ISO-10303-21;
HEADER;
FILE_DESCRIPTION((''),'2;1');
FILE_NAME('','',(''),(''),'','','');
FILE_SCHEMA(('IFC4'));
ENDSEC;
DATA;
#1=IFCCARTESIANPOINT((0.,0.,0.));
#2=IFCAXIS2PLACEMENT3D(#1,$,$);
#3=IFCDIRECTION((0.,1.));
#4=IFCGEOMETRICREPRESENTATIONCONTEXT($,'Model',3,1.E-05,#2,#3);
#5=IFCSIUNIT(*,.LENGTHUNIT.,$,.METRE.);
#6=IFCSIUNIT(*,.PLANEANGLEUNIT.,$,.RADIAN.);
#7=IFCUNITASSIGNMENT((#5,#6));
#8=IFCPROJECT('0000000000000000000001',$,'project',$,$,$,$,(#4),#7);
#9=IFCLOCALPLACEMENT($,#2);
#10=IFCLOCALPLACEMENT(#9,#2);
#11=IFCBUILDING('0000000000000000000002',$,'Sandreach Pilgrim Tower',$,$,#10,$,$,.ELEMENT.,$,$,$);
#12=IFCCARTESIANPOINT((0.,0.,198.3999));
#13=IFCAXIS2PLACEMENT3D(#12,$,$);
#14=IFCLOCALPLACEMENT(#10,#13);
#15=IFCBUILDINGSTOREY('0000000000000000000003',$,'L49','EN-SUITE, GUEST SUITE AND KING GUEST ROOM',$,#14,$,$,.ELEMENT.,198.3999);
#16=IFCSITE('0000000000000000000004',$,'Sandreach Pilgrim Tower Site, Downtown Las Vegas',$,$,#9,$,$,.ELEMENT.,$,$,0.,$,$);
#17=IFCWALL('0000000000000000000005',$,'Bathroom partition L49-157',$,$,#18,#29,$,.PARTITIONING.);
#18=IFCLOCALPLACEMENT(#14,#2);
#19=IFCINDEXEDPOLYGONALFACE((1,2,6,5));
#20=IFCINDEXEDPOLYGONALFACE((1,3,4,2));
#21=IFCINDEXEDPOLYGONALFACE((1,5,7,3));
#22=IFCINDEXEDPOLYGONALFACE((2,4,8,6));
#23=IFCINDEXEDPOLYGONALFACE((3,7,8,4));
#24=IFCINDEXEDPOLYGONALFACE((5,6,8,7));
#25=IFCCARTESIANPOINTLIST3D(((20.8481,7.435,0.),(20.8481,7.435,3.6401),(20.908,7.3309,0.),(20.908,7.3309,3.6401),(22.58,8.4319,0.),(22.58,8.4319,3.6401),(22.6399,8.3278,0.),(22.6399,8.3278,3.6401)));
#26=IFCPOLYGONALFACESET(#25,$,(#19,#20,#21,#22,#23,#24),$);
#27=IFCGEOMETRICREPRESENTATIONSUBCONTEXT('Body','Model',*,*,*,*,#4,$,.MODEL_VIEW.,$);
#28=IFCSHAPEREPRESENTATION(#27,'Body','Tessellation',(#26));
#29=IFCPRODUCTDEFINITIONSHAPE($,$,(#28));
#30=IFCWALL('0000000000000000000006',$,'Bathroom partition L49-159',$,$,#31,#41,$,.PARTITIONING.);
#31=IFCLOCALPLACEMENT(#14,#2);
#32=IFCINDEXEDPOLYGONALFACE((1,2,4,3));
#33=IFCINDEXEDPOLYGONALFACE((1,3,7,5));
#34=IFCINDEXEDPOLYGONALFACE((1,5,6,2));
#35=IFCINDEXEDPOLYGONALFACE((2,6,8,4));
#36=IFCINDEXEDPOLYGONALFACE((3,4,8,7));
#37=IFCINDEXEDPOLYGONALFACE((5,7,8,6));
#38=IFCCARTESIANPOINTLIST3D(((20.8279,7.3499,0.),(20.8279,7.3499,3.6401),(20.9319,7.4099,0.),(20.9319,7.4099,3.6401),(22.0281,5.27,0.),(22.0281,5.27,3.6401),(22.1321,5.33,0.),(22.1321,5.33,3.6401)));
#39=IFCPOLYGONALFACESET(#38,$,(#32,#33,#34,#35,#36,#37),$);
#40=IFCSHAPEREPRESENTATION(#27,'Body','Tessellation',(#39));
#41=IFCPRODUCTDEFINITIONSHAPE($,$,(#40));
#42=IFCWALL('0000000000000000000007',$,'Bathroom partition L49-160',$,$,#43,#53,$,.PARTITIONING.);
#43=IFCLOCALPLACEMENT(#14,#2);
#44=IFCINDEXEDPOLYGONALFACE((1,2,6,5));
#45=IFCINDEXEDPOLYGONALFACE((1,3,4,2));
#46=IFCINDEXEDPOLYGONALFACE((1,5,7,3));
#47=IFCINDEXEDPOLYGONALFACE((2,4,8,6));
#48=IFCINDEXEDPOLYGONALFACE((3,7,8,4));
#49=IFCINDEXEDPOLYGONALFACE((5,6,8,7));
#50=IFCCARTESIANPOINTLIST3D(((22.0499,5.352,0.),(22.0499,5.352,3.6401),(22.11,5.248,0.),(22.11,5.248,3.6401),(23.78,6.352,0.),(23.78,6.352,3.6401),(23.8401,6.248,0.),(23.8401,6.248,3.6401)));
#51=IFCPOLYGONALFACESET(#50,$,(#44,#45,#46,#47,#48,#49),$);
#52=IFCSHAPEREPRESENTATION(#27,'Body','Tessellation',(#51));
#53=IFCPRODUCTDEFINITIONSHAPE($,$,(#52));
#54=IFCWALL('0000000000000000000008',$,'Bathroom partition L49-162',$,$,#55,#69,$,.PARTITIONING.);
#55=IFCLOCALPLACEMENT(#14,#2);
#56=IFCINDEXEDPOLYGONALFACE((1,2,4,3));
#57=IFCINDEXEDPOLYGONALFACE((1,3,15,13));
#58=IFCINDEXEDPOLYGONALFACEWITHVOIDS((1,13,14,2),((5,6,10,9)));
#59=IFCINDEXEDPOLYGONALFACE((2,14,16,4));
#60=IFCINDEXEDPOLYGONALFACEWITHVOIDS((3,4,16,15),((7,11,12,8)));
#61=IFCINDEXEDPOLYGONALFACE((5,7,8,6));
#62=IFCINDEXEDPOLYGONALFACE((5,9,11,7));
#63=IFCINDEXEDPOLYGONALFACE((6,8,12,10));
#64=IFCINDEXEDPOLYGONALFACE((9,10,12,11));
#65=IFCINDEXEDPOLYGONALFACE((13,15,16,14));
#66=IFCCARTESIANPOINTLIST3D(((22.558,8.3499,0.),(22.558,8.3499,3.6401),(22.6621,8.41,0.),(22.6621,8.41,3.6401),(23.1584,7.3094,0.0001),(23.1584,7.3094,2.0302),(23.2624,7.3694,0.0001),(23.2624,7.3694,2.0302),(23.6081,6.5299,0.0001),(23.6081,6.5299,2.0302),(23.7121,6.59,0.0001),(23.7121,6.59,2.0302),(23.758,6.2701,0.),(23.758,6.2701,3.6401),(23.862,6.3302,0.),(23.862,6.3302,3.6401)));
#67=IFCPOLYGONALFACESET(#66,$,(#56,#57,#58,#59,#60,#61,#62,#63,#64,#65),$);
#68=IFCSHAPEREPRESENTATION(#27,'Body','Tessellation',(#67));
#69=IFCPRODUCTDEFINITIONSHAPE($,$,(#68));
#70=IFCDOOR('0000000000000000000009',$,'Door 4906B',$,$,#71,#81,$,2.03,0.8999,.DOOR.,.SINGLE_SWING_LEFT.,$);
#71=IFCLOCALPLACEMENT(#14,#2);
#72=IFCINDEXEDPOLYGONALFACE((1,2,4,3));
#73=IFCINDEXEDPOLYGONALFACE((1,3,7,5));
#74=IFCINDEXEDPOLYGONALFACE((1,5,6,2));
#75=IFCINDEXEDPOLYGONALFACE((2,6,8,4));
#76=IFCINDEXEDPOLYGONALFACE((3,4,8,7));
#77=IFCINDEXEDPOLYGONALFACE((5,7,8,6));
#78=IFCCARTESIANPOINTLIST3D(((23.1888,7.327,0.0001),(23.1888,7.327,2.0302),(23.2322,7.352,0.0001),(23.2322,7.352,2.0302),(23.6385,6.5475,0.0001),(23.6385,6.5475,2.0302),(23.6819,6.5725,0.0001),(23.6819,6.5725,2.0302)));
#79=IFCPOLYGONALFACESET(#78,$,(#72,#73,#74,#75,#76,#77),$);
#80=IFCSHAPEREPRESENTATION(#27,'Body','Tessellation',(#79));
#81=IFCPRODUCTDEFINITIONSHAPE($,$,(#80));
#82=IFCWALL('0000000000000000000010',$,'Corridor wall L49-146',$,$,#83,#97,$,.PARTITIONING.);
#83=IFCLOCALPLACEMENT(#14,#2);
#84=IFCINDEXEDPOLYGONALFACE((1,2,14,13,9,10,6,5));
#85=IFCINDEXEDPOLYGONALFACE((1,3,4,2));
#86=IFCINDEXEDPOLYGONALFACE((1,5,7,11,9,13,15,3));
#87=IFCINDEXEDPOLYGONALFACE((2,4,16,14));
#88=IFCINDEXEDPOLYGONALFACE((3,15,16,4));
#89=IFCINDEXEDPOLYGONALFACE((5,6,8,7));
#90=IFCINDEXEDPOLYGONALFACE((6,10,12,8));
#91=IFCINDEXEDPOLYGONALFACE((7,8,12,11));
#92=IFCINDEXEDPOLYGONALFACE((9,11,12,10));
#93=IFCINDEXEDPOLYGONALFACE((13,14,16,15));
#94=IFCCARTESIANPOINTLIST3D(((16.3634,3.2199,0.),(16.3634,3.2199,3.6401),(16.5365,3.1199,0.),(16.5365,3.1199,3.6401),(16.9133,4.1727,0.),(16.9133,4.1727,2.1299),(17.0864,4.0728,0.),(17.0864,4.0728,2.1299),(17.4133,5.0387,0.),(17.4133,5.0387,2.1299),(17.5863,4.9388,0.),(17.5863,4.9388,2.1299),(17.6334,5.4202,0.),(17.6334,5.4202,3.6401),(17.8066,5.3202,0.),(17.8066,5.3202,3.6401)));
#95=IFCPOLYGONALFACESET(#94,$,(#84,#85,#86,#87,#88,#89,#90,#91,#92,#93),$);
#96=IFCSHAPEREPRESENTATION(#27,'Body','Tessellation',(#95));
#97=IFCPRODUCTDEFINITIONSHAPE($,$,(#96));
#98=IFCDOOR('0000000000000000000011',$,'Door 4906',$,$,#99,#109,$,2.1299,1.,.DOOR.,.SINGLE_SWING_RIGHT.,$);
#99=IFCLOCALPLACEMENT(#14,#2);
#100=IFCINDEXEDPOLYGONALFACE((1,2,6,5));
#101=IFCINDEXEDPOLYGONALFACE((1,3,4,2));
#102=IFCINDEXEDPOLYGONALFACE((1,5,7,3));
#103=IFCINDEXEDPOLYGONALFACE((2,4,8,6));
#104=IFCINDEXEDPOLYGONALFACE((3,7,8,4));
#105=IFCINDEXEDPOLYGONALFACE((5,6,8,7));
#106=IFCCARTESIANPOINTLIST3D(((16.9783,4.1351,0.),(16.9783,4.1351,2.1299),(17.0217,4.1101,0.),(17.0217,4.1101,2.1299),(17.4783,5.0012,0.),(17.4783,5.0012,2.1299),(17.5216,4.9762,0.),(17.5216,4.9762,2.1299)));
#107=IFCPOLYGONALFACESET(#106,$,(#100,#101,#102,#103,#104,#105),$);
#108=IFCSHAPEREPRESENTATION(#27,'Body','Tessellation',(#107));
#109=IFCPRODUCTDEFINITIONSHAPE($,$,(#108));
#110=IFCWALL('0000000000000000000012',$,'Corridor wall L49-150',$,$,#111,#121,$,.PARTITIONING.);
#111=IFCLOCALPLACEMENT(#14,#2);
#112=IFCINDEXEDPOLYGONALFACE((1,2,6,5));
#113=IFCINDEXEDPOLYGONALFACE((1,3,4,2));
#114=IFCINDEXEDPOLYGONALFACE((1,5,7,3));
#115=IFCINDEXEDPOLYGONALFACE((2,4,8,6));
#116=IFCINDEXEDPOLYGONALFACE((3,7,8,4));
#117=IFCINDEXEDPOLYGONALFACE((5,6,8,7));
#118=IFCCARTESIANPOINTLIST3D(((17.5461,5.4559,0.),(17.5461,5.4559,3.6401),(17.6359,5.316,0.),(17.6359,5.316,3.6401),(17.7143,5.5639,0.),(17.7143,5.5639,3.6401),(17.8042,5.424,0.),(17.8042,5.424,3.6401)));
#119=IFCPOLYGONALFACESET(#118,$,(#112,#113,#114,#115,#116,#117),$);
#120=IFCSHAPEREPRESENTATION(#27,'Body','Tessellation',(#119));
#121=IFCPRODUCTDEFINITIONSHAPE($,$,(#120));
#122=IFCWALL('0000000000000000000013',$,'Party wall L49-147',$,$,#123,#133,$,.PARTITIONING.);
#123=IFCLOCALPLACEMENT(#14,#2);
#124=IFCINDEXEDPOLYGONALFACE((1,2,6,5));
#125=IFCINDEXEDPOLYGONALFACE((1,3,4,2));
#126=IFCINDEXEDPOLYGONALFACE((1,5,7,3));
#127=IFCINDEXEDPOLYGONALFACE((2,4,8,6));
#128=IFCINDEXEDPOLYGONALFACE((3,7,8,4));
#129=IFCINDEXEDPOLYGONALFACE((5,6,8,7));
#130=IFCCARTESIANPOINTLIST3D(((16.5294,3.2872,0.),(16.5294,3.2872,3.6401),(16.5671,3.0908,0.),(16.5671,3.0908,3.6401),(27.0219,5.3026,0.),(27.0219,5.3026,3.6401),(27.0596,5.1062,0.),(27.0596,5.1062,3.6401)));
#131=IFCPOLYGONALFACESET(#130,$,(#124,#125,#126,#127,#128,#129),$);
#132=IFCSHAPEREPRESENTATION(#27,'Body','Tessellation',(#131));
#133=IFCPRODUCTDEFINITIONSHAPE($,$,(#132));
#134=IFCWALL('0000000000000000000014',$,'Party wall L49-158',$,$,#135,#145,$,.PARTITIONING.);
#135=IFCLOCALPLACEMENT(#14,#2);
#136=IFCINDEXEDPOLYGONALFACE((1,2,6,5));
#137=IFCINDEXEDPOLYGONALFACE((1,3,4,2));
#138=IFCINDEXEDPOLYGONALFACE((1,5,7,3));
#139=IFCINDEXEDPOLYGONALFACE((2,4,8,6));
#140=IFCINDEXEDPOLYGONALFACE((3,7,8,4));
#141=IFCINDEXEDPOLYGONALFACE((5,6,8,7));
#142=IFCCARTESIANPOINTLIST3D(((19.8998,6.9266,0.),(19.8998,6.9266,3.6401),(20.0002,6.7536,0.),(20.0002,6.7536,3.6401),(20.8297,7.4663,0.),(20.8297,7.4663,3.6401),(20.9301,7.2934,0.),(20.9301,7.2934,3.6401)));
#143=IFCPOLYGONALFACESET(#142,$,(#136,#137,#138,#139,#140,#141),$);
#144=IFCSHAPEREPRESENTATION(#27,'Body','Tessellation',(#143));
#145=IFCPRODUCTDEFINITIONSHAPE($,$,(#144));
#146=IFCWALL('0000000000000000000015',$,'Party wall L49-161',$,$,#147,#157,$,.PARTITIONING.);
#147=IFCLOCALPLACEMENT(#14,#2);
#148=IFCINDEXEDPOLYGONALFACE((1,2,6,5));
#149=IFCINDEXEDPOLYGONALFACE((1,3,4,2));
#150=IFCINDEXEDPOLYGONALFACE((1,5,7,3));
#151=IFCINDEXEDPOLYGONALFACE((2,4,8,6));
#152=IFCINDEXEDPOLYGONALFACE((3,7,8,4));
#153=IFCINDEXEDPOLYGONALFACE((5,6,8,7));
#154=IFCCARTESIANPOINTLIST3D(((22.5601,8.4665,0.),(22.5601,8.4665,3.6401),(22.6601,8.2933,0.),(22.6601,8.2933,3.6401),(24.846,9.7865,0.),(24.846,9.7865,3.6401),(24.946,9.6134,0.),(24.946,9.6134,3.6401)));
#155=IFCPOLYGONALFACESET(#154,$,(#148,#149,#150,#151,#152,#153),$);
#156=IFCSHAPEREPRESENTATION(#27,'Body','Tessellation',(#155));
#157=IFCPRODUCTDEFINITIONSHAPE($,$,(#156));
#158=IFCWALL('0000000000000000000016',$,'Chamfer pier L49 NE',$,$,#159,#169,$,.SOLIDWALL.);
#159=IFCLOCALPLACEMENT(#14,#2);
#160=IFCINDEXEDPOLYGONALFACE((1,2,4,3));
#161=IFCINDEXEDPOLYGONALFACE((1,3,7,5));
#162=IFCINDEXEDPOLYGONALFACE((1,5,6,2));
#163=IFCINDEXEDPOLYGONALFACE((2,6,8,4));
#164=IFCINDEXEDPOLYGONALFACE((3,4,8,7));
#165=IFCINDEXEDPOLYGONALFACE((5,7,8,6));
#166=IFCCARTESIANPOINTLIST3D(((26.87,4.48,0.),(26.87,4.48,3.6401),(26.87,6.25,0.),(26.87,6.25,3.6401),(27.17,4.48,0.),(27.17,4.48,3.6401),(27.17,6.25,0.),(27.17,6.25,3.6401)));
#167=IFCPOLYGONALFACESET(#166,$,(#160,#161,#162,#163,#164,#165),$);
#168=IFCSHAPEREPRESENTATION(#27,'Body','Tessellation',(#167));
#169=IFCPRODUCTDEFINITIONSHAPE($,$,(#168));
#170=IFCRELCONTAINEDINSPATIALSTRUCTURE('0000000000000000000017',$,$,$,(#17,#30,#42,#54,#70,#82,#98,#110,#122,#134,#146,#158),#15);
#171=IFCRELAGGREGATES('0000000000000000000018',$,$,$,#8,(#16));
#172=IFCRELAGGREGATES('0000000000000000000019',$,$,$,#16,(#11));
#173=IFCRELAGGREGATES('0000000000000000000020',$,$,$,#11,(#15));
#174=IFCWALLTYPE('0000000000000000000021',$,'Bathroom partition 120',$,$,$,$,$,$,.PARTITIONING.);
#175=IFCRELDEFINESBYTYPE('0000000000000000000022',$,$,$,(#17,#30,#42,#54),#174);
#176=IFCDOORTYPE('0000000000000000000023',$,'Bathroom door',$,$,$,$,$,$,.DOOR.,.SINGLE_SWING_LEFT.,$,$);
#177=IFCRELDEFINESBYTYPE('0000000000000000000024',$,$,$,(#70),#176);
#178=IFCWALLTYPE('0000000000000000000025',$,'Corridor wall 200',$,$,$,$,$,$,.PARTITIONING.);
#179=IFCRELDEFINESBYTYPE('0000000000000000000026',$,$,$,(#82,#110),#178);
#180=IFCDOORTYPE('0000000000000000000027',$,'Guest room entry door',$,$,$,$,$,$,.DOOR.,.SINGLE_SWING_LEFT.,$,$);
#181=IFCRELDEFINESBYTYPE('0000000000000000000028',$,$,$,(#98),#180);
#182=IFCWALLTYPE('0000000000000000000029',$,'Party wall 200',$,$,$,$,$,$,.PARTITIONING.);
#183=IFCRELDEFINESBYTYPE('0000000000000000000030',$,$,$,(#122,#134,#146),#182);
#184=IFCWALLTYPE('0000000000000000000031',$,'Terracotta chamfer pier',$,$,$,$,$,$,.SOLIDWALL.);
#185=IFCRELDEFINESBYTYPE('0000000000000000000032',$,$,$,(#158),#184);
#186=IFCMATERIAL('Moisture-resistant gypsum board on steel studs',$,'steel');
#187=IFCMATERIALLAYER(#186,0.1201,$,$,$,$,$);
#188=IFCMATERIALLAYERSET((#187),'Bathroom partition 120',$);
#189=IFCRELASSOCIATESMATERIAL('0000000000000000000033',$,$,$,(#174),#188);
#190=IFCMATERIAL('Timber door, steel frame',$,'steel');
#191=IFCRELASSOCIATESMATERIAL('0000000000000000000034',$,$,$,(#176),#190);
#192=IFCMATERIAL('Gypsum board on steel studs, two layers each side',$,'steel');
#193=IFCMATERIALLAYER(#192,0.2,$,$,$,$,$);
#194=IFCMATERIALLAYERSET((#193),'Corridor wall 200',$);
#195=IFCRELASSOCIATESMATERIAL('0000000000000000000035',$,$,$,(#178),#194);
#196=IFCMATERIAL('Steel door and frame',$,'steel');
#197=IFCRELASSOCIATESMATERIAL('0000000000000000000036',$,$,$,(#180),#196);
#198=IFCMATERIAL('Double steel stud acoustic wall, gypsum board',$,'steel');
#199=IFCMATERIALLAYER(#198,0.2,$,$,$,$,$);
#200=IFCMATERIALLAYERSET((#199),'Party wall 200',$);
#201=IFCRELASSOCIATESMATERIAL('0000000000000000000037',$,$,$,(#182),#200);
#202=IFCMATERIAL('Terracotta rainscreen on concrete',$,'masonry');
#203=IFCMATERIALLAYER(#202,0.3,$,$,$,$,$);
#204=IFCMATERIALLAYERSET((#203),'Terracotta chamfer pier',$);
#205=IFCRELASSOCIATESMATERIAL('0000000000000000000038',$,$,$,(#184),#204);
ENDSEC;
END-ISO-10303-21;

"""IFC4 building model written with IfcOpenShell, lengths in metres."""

from ifc_helpers import new_model, si_unit, direction, frame, frame_2d, origin, place, context, subcontext, project, spatial, rectangle, extrude, material, layer, layer_set, type_object, element, fill, save


model = new_model("IFC4")

# Units and contexts
model_context = context("Model", 3, precision=1e-05, world=origin(), true_north=direction((0.0, 1.0)))
body_context = subcontext(model_context, "Body", "Model", "MODEL_VIEW")
ifc_project = project(units=[si_unit("LENGTHUNIT", "METRE"), si_unit("PLANEANGLEUNIT", "RADIAN")], contexts=[model_context])

# Site, building, storey
site_placement = place(None, origin())
site = spatial("IfcSite", under=ifc_project, at=site_placement, Name="Sandreach Pilgrim Tower Site, Downtown Las Vegas", CompositionType="ELEMENT", RefElevation=0.0)
building_placement = place(site_placement, origin())
building = spatial("IfcBuilding", under=site, at=building_placement, Name="Sandreach Pilgrim Tower", CompositionType="ELEMENT")
storey_placement = place(building_placement, frame((0.0, 0.0, 198.3999)))
storey = spatial("IfcBuildingStorey", under=building, at=storey_placement, Name="L49", Description="EN-SUITE, GUEST SUITE AND KING GUEST ROOM", CompositionType="ELEMENT", Elevation=198.3999)

# Shared definitions
ifc_material_1 = material(Name="Moisture-resistant gypsum board on steel studs", Category="steel")
ifc_layer_1 = layer(ifc_material_1, 0.1201)
ifc_layer_set_1 = layer_set([ifc_layer_1], Name="Bathroom partition 120")
wall_type_1 = type_object("IfcWallType", Name="Bathroom partition 120", PredefinedType="PARTITIONING", material=ifc_layer_set_1)

# Shared definitions
ifc_material_2 = material(Name="Timber door, steel frame", Category="steel")
door_type_1 = type_object("IfcDoorType", Name="Bathroom door", OperationType="SINGLE_SWING_LEFT", PredefinedType="DOOR", material=ifc_material_2)

# Walls
wall_1_placement = place(storey_placement, frame((20.8782, 7.3831, 0.0), z_axis=(0.0, 0.0, 1.0), x_axis=(0.866698, 0.498834, 0.0)))
element("IfcWall", 1, at=wall_1_placement, inside=storey, type_object=wall_type_1, Name="Bathroom partition L49-157", PredefinedType="PARTITIONING", context=body_context, shape_type="SweptSolid", body=[
    extrude(rectangle(XDim=1.9983, YDim=0.1201, at=frame_2d((0.999, 0.0))), origin(), (0.0, 0.0, 1.0), 3.6401),
])
wall_2_placement = place(storey_placement, frame((20.8799, 7.3799, 0.0), z_axis=(0.0, 0.0, 1.0), x_axis=(0.499813, -0.866133, 0.0)))
element("IfcWall", 2, at=wall_2_placement, inside=storey, type_object=wall_type_1, Name="Bathroom partition L49-159", PredefinedType="PARTITIONING", context=body_context, shape_type="SweptSolid", body=[
    extrude(rectangle(XDim=2.4014, YDim=0.1201, at=frame_2d((1.2007, 0.0))), origin(), (0.0, 0.0, 1.0), 3.6401),
])
wall_3_placement = place(storey_placement, frame((22.0801, 5.3, 0.0), z_axis=(0.0, 0.0, 1.0), x_axis=(0.865766, 0.500449, 0.0)))
element("IfcWall", 3, at=wall_3_placement, inside=storey, type_object=wall_type_1, Name="Bathroom partition L49-160", PredefinedType="PARTITIONING", context=body_context, shape_type="SweptSolid", body=[
    extrude(rectangle(XDim=1.9983, YDim=0.1201, at=frame_2d((0.999, 0.0))), origin(), (0.0, 0.0, 1.0), 3.6401),
])

# Walls, openings, doors
wall_4_placement = place(storey_placement, frame((23.8101, 6.3, 0.0), z_axis=(0.0, 0.0, 1.0), x_axis=(-0.499737, 0.866177, 0.0)))
wall_4 = element("IfcWall", 4, at=wall_4_placement, inside=storey, type_object=wall_type_1, Name="Bathroom partition L49-162", PredefinedType="PARTITIONING", context=body_context, shape_type="SweptSolid", body=[
    extrude(rectangle(XDim=2.4011, YDim=0.1201, at=frame_2d((1.2007, 0.0))), origin(), (0.0, 0.0, 1.0), 3.6401),
])
opening_1_placement = place(wall_4_placement, frame((0.3, 0.0, 0.0)))
opening_1 = element("IfcOpeningElement", 5, at=opening_1_placement, cuts=wall_4, PredefinedType="OPENING", context=body_context, shape_type="SweptSolid", body=[
    extrude(rectangle(XDim=0.8999, YDim=2.03, at=frame_2d((0.45, 1.0151))), frame((0.0, 0.0601, 0.0), z_axis=(0.0, -1.0, 0.0), x_axis=(1.0, 0.0, 0.0)), (0.0, 0.0, 1.0), 0.1201),
])
door_1_placement = place(opening_1_placement, origin())
door_1 = element("IfcDoor", 6, at=door_1_placement, inside=storey, type_object=door_type_1, Name="Door 4906B", OperationType="SINGLE_SWING_LEFT", OverallHeight=2.03, OverallWidth=0.8999, PredefinedType="DOOR", context=body_context, shape_type="SweptSolid", body=[
    extrude(rectangle(XDim=0.8999, YDim=2.03, at=frame_2d((0.45, 1.0151))), frame((0.0, 0.0249, 0.0), z_axis=(0.0, -1.0, 0.0), x_axis=(1.0, 0.0, 0.0)), (0.0, 0.0, 1.0), 0.05),
])
fill(opening_1, door_1)
ifc_material_3 = material(Name="Gypsum board on steel studs, two layers each side", Category="steel")
ifc_layer_2 = layer(ifc_material_3, 0.2)
ifc_layer_set_2 = layer_set([ifc_layer_2], Name="Corridor wall 200")
wall_type_2 = type_object("IfcWallType", Name="Corridor wall 200", PredefinedType="PARTITIONING", material=ifc_layer_set_2)
ifc_material_4 = material(Name="Steel door and frame", Category="steel")
door_type_2 = type_object("IfcDoorType", Name="Guest room entry door", OperationType="SINGLE_SWING_LEFT", PredefinedType="DOOR", material=ifc_material_4)
wall_5_placement = place(storey_placement, frame((16.45, 3.1699, 0.0), z_axis=(0.0, 0.0, 1.0), x_axis=(0.499922, 0.86607, 0.0)))
wall_5 = element("IfcWall", 7, at=wall_5_placement, inside=storey, type_object=wall_type_2, Name="Corridor wall L49-146", PredefinedType="PARTITIONING", context=body_context, shape_type="SweptSolid", body=[
    extrude(rectangle(XDim=2.5405, YDim=0.2, at=frame_2d((1.2703, 0.0))), origin(), (0.0, 0.0, 1.0), 3.6401),
])
opening_2_placement = place(wall_5_placement, frame((1.1001, 0.0, 0.0)))
opening_2 = element("IfcOpeningElement", 8, at=opening_2_placement, cuts=wall_5, PredefinedType="OPENING", context=body_context, shape_type="SweptSolid", body=[
    extrude(rectangle(XDim=1.0, YDim=2.1299, at=frame_2d((0.5, 1.0649))), frame((0.0, 0.1001, 0.0), z_axis=(0.0, -1.0, 0.0), x_axis=(1.0, 0.0, 0.0)), (0.0, 0.0, 1.0), 0.2),
])
door_2_placement = place(opening_2_placement, origin())
door_2 = element("IfcDoor", 9, at=door_2_placement, inside=storey, type_object=door_type_2, Name="Door 4906", OperationType="SINGLE_SWING_RIGHT", OverallHeight=2.1299, OverallWidth=1.0, PredefinedType="DOOR", context=body_context, shape_type="SweptSolid", body=[
    extrude(rectangle(XDim=1.0, YDim=2.1299, at=frame_2d((0.5, 1.0649))), frame((0.0, 0.0249, 0.0), z_axis=(0.0, -1.0, 0.0), x_axis=(1.0, 0.0, 0.0)), (0.0, 0.0, 1.0), 0.05),
])
fill(opening_2, door_2)

# Walls
wall_6_placement = place(storey_placement, frame((17.72, 5.3701, 0.0), z_axis=(0.0, 0.0, 1.0), x_axis=(-0.540386, 0.841417, 0.0)))
element("IfcWall", 10, at=wall_6_placement, inside=storey, type_object=wall_type_2, Name="Corridor wall L49-150", PredefinedType="PARTITIONING", context=body_context, shape_type="SweptSolid", body=[
    extrude(rectangle(XDim=0.1663, YDim=0.2, at=frame_2d((0.083, 0.0))), origin(), (0.0, 0.0, 1.0), 3.6401),
])
ifc_material_5 = material(Name="Double steel stud acoustic wall, gypsum board", Category="steel")
ifc_layer_3 = layer(ifc_material_5, 0.2)
ifc_layer_set_3 = layer_set([ifc_layer_3], Name="Party wall 200")
wall_type_3 = type_object("IfcWallType", Name="Party wall 200", PredefinedType="PARTITIONING", material=ifc_layer_set_3)
wall_7_placement = place(storey_placement, frame((16.5481, 3.189, 0.0), z_axis=(0.0, 0.0, 1.0), x_axis=(0.982048, 0.188631, 0.0)))
element("IfcWall", 11, at=wall_7_placement, inside=storey, type_object=wall_type_3, Name="Party wall L49-147", PredefinedType="PARTITIONING", context=body_context, shape_type="SweptSolid", body=[
    extrude(rectangle(XDim=10.6843, YDim=0.2, at=frame_2d((5.3423, 0.0))), origin(), (0.0, 0.0, 1.0), 3.6401),
])
wall_8_placement = place(storey_placement, frame((20.8799, 7.3799, 0.0), z_axis=(0.0, 0.0, 1.0), x_axis=(-0.864856, -0.50202, 0.0)))
element("IfcWall", 12, at=wall_8_placement, inside=storey, type_object=wall_type_3, Name="Party wall L49-158", PredefinedType="PARTITIONING", context=body_context, shape_type="SweptSolid", body=[
    extrude(rectangle(XDim=1.0752, YDim=0.2, at=frame_2d((0.5376, 0.0))), origin(), (0.0, 0.0, 1.0), 3.6401),
])
wall_9_placement = place(storey_placement, frame((22.6101, 8.3799, 0.0), z_axis=(0.0, 0.0, 1.0), x_axis=(0.865975, 0.500088, 0.0)))
element("IfcWall", 13, at=wall_9_placement, inside=storey, type_object=wall_type_3, Name="Party wall L49-161", PredefinedType="PARTITIONING", context=body_context, shape_type="SweptSolid", body=[
    extrude(rectangle(XDim=2.6396, YDim=0.2, at=frame_2d((1.3198, 0.0))), origin(), (0.0, 0.0, 1.0), 3.6401),
])
ifc_material_6 = material(Name="Terracotta rainscreen on concrete", Category="masonry")
ifc_layer_4 = layer(ifc_material_6, 0.3)
ifc_layer_set_4 = layer_set([ifc_layer_4], Name="Terracotta chamfer pier")
wall_type_4 = type_object("IfcWallType", Name="Terracotta chamfer pier", PredefinedType="SOLIDWALL", material=ifc_layer_set_4)
wall_10_placement = place(storey_placement, frame((27.02, 6.25, 0.0), z_axis=(0.0, 0.0, 1.0), x_axis=(0.0, -1.0, 0.0)))
element("IfcWall", 14, at=wall_10_placement, inside=storey, type_object=wall_type_4, Name="Chamfer pier L49 NE", PredefinedType="SOLIDWALL", context=body_context, shape_type="SweptSolid", body=[
    extrude(rectangle(XDim=1.77, YDim=0.3, at=frame_2d((0.885, 0.0))), origin(), (0.0, 0.0, 1.0), 3.6401),
])

save(model, "model.ifc")
